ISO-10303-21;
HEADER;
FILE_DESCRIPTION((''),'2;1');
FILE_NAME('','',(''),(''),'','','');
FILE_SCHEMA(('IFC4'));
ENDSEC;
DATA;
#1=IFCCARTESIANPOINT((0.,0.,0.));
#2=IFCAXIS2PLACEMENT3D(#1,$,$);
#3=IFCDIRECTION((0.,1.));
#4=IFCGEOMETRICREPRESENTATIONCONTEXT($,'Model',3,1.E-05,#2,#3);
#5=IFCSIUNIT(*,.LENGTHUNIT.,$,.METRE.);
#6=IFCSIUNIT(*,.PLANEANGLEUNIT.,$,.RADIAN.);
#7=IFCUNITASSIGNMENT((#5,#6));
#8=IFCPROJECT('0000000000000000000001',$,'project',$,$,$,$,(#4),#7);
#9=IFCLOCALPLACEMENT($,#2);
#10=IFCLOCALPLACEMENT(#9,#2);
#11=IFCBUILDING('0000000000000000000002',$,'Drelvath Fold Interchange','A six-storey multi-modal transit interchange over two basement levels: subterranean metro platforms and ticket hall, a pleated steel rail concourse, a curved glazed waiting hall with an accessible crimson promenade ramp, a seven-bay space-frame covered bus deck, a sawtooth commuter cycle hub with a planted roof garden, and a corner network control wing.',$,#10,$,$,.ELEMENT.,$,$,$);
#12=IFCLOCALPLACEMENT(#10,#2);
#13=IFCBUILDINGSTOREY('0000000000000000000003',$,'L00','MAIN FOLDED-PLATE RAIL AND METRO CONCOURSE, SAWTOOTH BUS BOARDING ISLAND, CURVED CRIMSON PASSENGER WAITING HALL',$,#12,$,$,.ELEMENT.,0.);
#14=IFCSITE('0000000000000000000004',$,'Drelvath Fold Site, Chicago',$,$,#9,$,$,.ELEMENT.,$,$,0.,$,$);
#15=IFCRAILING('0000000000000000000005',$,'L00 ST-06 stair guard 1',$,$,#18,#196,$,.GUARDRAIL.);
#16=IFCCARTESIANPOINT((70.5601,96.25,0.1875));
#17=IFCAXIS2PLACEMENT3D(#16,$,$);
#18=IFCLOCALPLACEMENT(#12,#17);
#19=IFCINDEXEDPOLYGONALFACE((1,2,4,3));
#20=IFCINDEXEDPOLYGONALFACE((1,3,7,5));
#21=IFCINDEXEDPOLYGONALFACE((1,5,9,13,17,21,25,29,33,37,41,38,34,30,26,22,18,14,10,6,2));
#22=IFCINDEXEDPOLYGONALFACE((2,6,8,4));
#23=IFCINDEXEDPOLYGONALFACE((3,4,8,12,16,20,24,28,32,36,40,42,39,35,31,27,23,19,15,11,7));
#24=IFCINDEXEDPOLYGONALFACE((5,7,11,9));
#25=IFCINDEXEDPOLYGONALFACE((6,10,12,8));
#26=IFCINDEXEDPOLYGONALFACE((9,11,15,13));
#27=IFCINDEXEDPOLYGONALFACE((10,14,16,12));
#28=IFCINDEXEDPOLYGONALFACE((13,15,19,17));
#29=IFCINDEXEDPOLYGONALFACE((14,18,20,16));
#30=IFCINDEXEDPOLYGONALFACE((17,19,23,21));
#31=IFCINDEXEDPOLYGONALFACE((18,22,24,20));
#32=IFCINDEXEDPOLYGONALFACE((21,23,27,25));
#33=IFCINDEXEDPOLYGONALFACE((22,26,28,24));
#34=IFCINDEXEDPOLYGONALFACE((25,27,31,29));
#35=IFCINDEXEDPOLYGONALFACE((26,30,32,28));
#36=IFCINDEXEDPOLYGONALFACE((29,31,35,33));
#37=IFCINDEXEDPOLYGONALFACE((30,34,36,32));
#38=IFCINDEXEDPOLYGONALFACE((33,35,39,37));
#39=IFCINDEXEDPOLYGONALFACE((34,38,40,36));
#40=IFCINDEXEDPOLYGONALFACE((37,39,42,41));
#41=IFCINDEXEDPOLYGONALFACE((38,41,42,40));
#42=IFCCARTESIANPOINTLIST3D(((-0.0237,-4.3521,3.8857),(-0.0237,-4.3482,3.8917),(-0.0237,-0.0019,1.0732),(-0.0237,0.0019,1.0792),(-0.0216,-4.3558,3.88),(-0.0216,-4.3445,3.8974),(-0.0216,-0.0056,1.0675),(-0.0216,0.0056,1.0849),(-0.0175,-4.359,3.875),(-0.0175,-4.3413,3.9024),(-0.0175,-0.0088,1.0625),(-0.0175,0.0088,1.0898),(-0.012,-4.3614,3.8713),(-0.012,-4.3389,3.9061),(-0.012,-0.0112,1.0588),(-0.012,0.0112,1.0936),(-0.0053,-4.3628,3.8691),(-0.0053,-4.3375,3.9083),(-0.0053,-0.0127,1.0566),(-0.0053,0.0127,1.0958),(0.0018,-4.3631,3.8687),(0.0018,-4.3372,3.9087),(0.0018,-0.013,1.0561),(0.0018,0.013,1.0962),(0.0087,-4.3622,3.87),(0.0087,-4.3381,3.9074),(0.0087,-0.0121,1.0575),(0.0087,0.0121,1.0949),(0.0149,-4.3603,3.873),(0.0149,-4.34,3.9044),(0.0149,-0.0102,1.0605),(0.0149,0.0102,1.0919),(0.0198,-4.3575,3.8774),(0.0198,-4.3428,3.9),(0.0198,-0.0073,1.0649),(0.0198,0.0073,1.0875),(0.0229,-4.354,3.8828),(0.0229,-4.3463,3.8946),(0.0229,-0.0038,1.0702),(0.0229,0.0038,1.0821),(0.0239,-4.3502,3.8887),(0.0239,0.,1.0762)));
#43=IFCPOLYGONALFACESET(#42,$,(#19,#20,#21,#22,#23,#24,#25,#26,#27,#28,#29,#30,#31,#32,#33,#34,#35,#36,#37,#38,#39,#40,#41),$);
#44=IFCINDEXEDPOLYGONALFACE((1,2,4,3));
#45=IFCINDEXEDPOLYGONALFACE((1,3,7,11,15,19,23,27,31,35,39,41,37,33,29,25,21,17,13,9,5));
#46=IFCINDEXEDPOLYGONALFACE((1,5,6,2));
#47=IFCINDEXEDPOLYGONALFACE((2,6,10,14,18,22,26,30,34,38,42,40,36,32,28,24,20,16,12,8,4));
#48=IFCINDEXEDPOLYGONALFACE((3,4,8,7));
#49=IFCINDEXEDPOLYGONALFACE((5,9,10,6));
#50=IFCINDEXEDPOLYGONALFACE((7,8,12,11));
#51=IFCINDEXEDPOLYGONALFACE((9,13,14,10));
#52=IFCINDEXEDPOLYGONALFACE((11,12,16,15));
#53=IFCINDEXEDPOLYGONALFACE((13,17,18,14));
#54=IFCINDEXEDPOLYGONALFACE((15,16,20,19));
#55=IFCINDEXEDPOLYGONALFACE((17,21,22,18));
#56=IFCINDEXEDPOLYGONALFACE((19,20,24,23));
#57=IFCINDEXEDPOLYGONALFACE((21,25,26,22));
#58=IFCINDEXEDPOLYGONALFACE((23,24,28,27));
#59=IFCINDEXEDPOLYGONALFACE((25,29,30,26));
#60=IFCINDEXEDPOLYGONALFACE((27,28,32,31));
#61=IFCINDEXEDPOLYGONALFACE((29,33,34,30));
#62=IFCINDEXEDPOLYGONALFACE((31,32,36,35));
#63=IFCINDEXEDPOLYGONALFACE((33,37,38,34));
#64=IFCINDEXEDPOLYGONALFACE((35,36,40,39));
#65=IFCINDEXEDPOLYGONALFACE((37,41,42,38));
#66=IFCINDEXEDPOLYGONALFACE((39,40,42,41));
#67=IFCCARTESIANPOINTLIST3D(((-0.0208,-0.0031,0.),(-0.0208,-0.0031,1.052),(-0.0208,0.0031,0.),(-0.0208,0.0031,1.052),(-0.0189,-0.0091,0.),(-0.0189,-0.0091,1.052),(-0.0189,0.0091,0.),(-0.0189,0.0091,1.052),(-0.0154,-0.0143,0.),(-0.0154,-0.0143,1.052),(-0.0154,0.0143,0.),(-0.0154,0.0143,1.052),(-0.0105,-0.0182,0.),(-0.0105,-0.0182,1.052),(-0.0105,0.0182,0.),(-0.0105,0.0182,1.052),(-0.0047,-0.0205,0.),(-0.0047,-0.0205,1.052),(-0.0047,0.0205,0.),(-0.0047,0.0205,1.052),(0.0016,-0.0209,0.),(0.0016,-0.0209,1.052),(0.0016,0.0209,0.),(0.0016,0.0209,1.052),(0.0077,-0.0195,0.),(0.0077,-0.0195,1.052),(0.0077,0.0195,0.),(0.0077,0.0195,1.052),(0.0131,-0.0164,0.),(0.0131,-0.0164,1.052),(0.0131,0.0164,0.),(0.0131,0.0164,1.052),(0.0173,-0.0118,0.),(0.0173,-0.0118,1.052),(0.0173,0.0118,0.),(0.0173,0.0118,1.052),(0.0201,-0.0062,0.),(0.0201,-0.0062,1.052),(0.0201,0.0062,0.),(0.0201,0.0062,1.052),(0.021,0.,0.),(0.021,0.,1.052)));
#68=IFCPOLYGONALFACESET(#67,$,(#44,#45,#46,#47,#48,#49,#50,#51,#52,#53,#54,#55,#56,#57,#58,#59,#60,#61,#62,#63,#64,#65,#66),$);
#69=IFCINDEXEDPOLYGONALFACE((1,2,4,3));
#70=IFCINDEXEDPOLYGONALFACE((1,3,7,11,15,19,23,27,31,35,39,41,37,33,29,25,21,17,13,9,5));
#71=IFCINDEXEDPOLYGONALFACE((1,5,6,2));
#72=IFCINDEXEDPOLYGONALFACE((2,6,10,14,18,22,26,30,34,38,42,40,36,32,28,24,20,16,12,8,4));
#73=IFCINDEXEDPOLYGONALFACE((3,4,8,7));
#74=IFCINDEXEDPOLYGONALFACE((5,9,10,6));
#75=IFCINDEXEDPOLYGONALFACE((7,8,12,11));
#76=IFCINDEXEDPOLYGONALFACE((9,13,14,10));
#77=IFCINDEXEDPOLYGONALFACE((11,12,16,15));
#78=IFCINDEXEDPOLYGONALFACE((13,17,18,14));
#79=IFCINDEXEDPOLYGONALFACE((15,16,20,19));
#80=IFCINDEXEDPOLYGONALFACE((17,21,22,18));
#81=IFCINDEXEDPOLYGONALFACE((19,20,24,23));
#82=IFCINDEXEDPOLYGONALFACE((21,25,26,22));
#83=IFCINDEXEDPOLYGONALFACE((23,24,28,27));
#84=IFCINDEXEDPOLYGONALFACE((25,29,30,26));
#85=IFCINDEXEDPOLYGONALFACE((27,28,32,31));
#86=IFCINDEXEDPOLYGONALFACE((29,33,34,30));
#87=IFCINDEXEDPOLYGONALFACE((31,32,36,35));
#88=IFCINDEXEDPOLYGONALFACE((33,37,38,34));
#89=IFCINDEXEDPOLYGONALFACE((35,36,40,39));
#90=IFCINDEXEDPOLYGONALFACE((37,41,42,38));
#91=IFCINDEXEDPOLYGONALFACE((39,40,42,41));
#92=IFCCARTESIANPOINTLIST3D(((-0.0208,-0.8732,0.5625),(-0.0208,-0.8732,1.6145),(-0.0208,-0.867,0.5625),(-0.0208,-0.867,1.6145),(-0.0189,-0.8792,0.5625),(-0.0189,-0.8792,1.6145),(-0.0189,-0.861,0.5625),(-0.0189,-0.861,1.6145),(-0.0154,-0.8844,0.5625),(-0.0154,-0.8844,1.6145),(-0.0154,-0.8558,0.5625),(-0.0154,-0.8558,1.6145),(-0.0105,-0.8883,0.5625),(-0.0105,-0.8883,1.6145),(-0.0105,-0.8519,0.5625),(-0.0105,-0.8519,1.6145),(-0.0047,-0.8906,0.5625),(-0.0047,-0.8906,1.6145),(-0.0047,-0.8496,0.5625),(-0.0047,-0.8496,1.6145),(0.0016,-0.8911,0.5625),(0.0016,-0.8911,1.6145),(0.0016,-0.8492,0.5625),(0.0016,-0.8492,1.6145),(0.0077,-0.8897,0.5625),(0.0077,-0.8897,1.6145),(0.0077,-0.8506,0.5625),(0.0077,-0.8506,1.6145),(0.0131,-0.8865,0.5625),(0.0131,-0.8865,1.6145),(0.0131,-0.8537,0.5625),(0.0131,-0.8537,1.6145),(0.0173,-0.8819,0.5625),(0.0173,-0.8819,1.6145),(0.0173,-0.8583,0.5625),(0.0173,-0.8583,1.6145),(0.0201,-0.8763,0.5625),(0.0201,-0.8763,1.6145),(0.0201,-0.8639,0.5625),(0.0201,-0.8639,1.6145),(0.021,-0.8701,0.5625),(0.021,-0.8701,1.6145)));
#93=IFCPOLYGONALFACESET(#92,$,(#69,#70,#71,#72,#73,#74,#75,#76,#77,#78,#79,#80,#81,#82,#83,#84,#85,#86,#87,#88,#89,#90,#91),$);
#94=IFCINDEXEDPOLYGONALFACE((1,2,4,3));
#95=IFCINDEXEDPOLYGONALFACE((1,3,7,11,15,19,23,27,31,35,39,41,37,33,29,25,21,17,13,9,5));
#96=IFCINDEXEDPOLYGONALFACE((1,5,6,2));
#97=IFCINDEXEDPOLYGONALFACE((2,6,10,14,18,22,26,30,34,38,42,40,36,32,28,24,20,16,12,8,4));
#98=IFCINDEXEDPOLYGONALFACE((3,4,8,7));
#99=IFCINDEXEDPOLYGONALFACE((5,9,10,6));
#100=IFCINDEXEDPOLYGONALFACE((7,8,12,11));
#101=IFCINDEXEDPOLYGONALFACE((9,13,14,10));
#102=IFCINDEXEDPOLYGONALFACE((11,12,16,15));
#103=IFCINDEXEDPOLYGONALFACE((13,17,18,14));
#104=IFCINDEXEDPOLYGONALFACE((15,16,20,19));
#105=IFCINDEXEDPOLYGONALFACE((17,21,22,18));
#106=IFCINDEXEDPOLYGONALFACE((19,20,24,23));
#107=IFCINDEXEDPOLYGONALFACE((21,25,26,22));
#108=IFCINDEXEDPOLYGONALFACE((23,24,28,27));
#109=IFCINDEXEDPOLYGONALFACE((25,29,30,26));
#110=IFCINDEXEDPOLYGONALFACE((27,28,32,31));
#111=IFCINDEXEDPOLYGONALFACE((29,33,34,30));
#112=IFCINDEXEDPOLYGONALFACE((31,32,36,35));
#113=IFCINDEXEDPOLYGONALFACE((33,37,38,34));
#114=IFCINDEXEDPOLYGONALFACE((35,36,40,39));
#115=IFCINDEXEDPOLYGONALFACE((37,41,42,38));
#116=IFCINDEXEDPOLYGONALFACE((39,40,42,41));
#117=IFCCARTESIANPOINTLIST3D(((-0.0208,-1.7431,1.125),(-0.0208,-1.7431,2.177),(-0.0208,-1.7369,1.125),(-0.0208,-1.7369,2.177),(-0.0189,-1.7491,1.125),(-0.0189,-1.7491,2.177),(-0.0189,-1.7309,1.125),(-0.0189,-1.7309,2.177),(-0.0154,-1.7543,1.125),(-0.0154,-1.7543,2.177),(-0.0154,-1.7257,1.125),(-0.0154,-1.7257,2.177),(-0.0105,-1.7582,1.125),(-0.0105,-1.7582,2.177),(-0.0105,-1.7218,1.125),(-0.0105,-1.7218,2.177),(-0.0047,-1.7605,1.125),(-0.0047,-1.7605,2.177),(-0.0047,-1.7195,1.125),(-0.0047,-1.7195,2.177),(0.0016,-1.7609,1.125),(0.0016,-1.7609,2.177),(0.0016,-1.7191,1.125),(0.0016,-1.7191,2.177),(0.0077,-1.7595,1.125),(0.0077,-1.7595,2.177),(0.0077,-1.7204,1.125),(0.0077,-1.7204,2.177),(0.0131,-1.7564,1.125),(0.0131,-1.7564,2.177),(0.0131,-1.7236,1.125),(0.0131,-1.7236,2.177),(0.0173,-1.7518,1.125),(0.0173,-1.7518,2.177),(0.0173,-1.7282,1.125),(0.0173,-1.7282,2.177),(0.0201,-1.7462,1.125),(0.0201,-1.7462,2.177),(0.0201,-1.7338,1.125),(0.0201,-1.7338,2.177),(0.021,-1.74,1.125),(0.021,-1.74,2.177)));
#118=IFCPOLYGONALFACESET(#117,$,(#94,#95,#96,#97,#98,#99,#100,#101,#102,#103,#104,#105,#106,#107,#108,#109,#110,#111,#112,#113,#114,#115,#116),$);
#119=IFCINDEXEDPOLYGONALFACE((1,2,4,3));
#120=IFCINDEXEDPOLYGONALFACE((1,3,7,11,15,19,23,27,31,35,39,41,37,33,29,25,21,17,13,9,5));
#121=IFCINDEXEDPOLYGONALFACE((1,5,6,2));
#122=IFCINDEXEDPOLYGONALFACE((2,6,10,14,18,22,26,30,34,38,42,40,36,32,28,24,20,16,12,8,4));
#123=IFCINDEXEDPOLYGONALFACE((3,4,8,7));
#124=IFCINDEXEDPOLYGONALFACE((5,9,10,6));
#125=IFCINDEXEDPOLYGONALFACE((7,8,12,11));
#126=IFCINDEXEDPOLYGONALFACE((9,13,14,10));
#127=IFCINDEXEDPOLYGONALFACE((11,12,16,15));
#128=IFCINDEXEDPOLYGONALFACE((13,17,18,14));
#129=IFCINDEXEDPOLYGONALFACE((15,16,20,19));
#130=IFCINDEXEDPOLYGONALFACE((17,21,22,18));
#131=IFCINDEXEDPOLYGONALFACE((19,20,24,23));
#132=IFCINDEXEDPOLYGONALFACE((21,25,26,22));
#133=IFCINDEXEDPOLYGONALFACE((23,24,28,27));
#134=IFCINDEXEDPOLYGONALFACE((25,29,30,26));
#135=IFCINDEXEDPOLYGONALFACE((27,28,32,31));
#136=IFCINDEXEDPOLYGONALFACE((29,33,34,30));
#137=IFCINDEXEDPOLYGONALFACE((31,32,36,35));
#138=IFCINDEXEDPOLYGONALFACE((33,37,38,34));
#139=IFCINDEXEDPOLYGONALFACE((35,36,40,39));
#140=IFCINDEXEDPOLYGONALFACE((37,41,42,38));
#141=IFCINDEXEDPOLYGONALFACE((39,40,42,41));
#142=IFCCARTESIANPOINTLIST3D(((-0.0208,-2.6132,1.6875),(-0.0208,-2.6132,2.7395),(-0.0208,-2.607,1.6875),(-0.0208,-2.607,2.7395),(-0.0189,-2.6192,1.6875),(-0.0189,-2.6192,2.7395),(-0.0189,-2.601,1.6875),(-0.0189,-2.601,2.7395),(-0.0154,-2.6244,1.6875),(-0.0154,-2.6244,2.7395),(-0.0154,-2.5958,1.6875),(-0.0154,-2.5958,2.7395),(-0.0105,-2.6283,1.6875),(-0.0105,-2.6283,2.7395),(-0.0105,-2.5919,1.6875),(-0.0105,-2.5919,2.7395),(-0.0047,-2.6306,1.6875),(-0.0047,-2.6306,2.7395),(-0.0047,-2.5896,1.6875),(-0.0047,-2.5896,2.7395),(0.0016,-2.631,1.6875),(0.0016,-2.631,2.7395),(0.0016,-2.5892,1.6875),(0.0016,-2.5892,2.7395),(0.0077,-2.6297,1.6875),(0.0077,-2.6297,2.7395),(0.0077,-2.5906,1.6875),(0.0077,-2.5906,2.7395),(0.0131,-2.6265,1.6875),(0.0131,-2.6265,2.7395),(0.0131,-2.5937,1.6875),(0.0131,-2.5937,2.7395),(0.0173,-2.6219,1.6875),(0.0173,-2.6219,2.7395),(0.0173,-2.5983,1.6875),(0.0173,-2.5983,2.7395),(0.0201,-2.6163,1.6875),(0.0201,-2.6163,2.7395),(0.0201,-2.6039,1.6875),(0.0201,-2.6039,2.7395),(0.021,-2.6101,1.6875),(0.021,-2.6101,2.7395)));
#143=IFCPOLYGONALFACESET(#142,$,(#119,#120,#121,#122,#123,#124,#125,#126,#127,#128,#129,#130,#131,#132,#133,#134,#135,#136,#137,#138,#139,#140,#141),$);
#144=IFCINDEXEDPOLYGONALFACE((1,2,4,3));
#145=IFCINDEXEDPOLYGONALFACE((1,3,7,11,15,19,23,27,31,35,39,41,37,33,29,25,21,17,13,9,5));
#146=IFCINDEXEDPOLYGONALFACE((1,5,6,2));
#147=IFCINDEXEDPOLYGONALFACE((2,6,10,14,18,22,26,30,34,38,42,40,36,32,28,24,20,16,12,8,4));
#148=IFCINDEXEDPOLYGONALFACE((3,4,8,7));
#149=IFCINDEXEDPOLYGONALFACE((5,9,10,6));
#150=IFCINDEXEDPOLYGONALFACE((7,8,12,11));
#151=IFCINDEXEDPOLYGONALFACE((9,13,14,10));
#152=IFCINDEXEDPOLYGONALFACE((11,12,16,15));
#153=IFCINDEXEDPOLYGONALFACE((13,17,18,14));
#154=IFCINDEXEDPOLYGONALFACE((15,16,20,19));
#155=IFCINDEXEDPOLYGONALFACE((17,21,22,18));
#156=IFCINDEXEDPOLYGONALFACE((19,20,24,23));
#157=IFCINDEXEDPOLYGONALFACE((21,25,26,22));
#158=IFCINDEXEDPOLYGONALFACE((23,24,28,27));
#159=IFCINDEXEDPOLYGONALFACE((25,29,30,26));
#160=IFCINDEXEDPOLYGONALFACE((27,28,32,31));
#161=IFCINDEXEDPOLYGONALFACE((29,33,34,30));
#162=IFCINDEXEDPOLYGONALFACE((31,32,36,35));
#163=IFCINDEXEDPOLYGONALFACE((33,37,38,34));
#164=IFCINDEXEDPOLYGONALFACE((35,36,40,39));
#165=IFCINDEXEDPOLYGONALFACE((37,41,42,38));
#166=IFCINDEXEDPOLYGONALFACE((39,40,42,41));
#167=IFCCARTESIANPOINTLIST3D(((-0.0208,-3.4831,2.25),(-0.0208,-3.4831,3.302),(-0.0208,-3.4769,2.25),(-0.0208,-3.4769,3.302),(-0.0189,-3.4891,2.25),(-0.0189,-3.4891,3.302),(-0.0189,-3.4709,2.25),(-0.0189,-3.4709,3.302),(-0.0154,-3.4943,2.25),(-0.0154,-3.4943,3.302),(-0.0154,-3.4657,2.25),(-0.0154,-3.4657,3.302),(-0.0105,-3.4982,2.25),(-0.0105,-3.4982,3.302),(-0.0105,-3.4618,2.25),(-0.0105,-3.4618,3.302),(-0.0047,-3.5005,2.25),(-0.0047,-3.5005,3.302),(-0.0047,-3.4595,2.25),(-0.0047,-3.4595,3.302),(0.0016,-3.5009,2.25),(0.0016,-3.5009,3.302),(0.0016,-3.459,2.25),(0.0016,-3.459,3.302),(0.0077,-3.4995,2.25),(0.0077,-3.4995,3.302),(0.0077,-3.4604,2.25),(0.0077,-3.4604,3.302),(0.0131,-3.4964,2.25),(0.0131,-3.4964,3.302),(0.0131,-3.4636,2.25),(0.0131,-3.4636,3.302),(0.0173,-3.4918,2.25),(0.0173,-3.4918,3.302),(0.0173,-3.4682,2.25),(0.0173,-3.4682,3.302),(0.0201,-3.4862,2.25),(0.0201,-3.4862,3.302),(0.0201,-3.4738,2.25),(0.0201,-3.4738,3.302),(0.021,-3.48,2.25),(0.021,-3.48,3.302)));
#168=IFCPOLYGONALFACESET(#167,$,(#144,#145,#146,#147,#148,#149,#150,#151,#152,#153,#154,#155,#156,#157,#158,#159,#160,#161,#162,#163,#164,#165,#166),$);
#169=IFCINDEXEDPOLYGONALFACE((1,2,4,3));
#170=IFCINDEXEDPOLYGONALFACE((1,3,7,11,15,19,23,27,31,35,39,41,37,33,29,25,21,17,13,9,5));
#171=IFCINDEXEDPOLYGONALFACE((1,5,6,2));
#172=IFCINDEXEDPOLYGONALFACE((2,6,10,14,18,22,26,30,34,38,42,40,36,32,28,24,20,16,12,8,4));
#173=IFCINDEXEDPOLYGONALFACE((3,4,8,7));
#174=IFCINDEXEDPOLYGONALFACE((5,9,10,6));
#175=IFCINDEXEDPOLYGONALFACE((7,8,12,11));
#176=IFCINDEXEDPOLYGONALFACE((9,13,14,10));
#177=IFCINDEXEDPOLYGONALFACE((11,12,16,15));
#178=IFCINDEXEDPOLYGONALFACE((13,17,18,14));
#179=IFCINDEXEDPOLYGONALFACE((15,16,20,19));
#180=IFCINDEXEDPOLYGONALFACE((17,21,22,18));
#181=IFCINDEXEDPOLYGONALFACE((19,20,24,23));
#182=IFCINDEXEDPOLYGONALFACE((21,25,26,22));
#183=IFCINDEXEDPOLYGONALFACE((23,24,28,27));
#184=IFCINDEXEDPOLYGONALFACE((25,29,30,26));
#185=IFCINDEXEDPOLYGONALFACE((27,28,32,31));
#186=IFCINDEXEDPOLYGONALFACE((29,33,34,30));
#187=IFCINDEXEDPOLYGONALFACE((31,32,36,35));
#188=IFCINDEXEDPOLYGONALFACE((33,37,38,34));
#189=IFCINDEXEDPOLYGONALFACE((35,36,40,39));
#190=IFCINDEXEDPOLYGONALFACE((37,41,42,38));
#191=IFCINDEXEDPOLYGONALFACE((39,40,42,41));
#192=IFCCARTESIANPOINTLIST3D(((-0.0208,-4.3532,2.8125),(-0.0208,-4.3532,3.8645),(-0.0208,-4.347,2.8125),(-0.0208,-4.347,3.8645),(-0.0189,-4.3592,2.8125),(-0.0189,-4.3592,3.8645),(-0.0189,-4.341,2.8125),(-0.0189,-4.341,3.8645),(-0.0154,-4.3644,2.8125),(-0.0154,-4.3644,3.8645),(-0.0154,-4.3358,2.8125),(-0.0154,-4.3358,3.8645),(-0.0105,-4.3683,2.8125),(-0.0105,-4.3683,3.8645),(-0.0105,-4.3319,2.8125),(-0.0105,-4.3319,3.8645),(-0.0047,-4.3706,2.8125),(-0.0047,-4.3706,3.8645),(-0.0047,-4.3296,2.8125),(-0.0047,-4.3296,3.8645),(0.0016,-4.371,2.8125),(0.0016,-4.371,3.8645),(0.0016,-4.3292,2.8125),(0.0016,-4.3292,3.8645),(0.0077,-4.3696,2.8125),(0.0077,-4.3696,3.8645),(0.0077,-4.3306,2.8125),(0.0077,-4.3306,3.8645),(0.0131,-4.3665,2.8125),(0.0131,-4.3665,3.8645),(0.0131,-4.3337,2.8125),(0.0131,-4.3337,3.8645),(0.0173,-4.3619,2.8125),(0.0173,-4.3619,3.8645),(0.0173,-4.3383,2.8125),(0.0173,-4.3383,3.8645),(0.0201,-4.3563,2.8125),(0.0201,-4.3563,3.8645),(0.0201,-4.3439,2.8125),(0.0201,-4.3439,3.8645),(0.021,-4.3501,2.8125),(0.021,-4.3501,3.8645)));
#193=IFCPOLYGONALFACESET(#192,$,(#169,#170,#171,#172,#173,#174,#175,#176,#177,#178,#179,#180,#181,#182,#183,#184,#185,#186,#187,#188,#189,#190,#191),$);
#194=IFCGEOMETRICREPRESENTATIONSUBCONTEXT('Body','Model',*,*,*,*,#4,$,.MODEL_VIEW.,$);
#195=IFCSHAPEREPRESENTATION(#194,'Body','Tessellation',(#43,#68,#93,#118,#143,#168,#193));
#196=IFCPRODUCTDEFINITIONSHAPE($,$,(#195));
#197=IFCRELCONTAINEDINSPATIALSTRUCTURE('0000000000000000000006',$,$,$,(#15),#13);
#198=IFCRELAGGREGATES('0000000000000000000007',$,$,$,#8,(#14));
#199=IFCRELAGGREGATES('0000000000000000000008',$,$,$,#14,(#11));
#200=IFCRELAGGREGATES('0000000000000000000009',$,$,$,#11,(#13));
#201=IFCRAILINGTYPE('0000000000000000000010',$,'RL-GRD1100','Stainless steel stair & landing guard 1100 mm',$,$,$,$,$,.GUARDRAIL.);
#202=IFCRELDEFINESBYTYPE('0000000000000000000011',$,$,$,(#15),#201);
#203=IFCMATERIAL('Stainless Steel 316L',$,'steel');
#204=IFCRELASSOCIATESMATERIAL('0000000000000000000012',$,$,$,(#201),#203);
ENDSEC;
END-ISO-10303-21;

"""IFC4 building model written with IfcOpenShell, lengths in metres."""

from ifc_helpers import new_model, si_unit, direction, frame, origin, origin_2d, place, context, subcontext, project, spatial, circle, extrude, material, type_object, element, save


model = new_model("IFC4")

# Units and contexts
model_context = context("Model", 3, precision=1e-05, world=origin(), true_north=direction((0.0, 1.0)))
body_context = subcontext(model_context, "Body", "Model", "MODEL_VIEW")
ifc_project = project(units=[si_unit("LENGTHUNIT", "METRE"), si_unit("PLANEANGLEUNIT", "RADIAN")], contexts=[model_context])

# Site, building, storey
site_placement = place(None, origin())
site = spatial("IfcSite", under=ifc_project, at=site_placement, Name="Drelvath Fold Site, Chicago", CompositionType="ELEMENT", RefElevation=0.0)
building_placement = place(site_placement, origin())
building = spatial("IfcBuilding", under=site, at=building_placement, Name="Drelvath Fold Interchange", Description="A six-storey multi-modal transit interchange over two basement levels: subterranean metro platforms and ticket hall, a pleated steel rail concourse, a curved glazed waiting hall with an accessible crimson promenade ramp, a seven-bay space-frame covered bus deck, a sawtooth commuter cycle hub with a planted roof garden, and a corner network control wing.", CompositionType="ELEMENT")
storey_placement = place(building_placement, origin())
storey = spatial("IfcBuildingStorey", under=building, at=storey_placement, Name="L00", Description="MAIN FOLDED-PLATE RAIL AND METRO CONCOURSE, SAWTOOTH BUS BOARDING ISLAND, CURVED CRIMSON PASSENGER WAITING HALL", CompositionType="ELEMENT", Elevation=0.0)

# Railing
ifc_material_1 = material(Name="Stainless Steel 316L", Category="steel")
railing_type_1 = type_object("IfcRailingType", Name="RL-GRD1100", Description="Stainless steel stair & landing guard 1100 mm", PredefinedType="GUARDRAIL", material=ifc_material_1)
railing_1_placement = place(storey_placement, frame((70.5601, 96.25, 0.1875)))
element("IfcRailing", 1, at=railing_1_placement, inside=storey, type_object=railing_type_1, Name="L00 ST-06 stair guard 1", PredefinedType="GUARDRAIL", context=body_context, shape_type="SweptSolid", body=[
    extrude(circle(Radius=0.0239, at=origin_2d()), frame((0.0, 0.0, 1.0762), z_axis=(0.0, -0.83977, 0.542942), x_axis=(1.0, 0.0, 0.0)), (0.0, 0.0, 1.0), 5.1802),
    extrude(circle(Radius=0.021, at=origin_2d()), origin(), (0.0, 0.0, 1.0), 1.052),
    extrude(circle(Radius=0.021, at=origin_2d()), frame((0.0, -0.8701, 0.5625)), (0.0, 0.0, 1.0), 1.052),
    extrude(circle(Radius=0.021, at=origin_2d()), frame((0.0, -1.74, 1.125)), (0.0, 0.0, 1.0), 1.052),
    extrude(circle(Radius=0.021, at=origin_2d()), frame((0.0, -2.6101, 1.6875)), (0.0, 0.0, 1.0), 1.052),
    extrude(circle(Radius=0.021, at=origin_2d()), frame((0.0, -3.48, 2.25)), (0.0, 0.0, 1.0), 1.052),
    extrude(circle(Radius=0.021, at=origin_2d()), frame((0.0, -4.3501, 2.8125)), (0.0, 0.0, 1.0), 1.052),
])

save(model, "model.ifc")
